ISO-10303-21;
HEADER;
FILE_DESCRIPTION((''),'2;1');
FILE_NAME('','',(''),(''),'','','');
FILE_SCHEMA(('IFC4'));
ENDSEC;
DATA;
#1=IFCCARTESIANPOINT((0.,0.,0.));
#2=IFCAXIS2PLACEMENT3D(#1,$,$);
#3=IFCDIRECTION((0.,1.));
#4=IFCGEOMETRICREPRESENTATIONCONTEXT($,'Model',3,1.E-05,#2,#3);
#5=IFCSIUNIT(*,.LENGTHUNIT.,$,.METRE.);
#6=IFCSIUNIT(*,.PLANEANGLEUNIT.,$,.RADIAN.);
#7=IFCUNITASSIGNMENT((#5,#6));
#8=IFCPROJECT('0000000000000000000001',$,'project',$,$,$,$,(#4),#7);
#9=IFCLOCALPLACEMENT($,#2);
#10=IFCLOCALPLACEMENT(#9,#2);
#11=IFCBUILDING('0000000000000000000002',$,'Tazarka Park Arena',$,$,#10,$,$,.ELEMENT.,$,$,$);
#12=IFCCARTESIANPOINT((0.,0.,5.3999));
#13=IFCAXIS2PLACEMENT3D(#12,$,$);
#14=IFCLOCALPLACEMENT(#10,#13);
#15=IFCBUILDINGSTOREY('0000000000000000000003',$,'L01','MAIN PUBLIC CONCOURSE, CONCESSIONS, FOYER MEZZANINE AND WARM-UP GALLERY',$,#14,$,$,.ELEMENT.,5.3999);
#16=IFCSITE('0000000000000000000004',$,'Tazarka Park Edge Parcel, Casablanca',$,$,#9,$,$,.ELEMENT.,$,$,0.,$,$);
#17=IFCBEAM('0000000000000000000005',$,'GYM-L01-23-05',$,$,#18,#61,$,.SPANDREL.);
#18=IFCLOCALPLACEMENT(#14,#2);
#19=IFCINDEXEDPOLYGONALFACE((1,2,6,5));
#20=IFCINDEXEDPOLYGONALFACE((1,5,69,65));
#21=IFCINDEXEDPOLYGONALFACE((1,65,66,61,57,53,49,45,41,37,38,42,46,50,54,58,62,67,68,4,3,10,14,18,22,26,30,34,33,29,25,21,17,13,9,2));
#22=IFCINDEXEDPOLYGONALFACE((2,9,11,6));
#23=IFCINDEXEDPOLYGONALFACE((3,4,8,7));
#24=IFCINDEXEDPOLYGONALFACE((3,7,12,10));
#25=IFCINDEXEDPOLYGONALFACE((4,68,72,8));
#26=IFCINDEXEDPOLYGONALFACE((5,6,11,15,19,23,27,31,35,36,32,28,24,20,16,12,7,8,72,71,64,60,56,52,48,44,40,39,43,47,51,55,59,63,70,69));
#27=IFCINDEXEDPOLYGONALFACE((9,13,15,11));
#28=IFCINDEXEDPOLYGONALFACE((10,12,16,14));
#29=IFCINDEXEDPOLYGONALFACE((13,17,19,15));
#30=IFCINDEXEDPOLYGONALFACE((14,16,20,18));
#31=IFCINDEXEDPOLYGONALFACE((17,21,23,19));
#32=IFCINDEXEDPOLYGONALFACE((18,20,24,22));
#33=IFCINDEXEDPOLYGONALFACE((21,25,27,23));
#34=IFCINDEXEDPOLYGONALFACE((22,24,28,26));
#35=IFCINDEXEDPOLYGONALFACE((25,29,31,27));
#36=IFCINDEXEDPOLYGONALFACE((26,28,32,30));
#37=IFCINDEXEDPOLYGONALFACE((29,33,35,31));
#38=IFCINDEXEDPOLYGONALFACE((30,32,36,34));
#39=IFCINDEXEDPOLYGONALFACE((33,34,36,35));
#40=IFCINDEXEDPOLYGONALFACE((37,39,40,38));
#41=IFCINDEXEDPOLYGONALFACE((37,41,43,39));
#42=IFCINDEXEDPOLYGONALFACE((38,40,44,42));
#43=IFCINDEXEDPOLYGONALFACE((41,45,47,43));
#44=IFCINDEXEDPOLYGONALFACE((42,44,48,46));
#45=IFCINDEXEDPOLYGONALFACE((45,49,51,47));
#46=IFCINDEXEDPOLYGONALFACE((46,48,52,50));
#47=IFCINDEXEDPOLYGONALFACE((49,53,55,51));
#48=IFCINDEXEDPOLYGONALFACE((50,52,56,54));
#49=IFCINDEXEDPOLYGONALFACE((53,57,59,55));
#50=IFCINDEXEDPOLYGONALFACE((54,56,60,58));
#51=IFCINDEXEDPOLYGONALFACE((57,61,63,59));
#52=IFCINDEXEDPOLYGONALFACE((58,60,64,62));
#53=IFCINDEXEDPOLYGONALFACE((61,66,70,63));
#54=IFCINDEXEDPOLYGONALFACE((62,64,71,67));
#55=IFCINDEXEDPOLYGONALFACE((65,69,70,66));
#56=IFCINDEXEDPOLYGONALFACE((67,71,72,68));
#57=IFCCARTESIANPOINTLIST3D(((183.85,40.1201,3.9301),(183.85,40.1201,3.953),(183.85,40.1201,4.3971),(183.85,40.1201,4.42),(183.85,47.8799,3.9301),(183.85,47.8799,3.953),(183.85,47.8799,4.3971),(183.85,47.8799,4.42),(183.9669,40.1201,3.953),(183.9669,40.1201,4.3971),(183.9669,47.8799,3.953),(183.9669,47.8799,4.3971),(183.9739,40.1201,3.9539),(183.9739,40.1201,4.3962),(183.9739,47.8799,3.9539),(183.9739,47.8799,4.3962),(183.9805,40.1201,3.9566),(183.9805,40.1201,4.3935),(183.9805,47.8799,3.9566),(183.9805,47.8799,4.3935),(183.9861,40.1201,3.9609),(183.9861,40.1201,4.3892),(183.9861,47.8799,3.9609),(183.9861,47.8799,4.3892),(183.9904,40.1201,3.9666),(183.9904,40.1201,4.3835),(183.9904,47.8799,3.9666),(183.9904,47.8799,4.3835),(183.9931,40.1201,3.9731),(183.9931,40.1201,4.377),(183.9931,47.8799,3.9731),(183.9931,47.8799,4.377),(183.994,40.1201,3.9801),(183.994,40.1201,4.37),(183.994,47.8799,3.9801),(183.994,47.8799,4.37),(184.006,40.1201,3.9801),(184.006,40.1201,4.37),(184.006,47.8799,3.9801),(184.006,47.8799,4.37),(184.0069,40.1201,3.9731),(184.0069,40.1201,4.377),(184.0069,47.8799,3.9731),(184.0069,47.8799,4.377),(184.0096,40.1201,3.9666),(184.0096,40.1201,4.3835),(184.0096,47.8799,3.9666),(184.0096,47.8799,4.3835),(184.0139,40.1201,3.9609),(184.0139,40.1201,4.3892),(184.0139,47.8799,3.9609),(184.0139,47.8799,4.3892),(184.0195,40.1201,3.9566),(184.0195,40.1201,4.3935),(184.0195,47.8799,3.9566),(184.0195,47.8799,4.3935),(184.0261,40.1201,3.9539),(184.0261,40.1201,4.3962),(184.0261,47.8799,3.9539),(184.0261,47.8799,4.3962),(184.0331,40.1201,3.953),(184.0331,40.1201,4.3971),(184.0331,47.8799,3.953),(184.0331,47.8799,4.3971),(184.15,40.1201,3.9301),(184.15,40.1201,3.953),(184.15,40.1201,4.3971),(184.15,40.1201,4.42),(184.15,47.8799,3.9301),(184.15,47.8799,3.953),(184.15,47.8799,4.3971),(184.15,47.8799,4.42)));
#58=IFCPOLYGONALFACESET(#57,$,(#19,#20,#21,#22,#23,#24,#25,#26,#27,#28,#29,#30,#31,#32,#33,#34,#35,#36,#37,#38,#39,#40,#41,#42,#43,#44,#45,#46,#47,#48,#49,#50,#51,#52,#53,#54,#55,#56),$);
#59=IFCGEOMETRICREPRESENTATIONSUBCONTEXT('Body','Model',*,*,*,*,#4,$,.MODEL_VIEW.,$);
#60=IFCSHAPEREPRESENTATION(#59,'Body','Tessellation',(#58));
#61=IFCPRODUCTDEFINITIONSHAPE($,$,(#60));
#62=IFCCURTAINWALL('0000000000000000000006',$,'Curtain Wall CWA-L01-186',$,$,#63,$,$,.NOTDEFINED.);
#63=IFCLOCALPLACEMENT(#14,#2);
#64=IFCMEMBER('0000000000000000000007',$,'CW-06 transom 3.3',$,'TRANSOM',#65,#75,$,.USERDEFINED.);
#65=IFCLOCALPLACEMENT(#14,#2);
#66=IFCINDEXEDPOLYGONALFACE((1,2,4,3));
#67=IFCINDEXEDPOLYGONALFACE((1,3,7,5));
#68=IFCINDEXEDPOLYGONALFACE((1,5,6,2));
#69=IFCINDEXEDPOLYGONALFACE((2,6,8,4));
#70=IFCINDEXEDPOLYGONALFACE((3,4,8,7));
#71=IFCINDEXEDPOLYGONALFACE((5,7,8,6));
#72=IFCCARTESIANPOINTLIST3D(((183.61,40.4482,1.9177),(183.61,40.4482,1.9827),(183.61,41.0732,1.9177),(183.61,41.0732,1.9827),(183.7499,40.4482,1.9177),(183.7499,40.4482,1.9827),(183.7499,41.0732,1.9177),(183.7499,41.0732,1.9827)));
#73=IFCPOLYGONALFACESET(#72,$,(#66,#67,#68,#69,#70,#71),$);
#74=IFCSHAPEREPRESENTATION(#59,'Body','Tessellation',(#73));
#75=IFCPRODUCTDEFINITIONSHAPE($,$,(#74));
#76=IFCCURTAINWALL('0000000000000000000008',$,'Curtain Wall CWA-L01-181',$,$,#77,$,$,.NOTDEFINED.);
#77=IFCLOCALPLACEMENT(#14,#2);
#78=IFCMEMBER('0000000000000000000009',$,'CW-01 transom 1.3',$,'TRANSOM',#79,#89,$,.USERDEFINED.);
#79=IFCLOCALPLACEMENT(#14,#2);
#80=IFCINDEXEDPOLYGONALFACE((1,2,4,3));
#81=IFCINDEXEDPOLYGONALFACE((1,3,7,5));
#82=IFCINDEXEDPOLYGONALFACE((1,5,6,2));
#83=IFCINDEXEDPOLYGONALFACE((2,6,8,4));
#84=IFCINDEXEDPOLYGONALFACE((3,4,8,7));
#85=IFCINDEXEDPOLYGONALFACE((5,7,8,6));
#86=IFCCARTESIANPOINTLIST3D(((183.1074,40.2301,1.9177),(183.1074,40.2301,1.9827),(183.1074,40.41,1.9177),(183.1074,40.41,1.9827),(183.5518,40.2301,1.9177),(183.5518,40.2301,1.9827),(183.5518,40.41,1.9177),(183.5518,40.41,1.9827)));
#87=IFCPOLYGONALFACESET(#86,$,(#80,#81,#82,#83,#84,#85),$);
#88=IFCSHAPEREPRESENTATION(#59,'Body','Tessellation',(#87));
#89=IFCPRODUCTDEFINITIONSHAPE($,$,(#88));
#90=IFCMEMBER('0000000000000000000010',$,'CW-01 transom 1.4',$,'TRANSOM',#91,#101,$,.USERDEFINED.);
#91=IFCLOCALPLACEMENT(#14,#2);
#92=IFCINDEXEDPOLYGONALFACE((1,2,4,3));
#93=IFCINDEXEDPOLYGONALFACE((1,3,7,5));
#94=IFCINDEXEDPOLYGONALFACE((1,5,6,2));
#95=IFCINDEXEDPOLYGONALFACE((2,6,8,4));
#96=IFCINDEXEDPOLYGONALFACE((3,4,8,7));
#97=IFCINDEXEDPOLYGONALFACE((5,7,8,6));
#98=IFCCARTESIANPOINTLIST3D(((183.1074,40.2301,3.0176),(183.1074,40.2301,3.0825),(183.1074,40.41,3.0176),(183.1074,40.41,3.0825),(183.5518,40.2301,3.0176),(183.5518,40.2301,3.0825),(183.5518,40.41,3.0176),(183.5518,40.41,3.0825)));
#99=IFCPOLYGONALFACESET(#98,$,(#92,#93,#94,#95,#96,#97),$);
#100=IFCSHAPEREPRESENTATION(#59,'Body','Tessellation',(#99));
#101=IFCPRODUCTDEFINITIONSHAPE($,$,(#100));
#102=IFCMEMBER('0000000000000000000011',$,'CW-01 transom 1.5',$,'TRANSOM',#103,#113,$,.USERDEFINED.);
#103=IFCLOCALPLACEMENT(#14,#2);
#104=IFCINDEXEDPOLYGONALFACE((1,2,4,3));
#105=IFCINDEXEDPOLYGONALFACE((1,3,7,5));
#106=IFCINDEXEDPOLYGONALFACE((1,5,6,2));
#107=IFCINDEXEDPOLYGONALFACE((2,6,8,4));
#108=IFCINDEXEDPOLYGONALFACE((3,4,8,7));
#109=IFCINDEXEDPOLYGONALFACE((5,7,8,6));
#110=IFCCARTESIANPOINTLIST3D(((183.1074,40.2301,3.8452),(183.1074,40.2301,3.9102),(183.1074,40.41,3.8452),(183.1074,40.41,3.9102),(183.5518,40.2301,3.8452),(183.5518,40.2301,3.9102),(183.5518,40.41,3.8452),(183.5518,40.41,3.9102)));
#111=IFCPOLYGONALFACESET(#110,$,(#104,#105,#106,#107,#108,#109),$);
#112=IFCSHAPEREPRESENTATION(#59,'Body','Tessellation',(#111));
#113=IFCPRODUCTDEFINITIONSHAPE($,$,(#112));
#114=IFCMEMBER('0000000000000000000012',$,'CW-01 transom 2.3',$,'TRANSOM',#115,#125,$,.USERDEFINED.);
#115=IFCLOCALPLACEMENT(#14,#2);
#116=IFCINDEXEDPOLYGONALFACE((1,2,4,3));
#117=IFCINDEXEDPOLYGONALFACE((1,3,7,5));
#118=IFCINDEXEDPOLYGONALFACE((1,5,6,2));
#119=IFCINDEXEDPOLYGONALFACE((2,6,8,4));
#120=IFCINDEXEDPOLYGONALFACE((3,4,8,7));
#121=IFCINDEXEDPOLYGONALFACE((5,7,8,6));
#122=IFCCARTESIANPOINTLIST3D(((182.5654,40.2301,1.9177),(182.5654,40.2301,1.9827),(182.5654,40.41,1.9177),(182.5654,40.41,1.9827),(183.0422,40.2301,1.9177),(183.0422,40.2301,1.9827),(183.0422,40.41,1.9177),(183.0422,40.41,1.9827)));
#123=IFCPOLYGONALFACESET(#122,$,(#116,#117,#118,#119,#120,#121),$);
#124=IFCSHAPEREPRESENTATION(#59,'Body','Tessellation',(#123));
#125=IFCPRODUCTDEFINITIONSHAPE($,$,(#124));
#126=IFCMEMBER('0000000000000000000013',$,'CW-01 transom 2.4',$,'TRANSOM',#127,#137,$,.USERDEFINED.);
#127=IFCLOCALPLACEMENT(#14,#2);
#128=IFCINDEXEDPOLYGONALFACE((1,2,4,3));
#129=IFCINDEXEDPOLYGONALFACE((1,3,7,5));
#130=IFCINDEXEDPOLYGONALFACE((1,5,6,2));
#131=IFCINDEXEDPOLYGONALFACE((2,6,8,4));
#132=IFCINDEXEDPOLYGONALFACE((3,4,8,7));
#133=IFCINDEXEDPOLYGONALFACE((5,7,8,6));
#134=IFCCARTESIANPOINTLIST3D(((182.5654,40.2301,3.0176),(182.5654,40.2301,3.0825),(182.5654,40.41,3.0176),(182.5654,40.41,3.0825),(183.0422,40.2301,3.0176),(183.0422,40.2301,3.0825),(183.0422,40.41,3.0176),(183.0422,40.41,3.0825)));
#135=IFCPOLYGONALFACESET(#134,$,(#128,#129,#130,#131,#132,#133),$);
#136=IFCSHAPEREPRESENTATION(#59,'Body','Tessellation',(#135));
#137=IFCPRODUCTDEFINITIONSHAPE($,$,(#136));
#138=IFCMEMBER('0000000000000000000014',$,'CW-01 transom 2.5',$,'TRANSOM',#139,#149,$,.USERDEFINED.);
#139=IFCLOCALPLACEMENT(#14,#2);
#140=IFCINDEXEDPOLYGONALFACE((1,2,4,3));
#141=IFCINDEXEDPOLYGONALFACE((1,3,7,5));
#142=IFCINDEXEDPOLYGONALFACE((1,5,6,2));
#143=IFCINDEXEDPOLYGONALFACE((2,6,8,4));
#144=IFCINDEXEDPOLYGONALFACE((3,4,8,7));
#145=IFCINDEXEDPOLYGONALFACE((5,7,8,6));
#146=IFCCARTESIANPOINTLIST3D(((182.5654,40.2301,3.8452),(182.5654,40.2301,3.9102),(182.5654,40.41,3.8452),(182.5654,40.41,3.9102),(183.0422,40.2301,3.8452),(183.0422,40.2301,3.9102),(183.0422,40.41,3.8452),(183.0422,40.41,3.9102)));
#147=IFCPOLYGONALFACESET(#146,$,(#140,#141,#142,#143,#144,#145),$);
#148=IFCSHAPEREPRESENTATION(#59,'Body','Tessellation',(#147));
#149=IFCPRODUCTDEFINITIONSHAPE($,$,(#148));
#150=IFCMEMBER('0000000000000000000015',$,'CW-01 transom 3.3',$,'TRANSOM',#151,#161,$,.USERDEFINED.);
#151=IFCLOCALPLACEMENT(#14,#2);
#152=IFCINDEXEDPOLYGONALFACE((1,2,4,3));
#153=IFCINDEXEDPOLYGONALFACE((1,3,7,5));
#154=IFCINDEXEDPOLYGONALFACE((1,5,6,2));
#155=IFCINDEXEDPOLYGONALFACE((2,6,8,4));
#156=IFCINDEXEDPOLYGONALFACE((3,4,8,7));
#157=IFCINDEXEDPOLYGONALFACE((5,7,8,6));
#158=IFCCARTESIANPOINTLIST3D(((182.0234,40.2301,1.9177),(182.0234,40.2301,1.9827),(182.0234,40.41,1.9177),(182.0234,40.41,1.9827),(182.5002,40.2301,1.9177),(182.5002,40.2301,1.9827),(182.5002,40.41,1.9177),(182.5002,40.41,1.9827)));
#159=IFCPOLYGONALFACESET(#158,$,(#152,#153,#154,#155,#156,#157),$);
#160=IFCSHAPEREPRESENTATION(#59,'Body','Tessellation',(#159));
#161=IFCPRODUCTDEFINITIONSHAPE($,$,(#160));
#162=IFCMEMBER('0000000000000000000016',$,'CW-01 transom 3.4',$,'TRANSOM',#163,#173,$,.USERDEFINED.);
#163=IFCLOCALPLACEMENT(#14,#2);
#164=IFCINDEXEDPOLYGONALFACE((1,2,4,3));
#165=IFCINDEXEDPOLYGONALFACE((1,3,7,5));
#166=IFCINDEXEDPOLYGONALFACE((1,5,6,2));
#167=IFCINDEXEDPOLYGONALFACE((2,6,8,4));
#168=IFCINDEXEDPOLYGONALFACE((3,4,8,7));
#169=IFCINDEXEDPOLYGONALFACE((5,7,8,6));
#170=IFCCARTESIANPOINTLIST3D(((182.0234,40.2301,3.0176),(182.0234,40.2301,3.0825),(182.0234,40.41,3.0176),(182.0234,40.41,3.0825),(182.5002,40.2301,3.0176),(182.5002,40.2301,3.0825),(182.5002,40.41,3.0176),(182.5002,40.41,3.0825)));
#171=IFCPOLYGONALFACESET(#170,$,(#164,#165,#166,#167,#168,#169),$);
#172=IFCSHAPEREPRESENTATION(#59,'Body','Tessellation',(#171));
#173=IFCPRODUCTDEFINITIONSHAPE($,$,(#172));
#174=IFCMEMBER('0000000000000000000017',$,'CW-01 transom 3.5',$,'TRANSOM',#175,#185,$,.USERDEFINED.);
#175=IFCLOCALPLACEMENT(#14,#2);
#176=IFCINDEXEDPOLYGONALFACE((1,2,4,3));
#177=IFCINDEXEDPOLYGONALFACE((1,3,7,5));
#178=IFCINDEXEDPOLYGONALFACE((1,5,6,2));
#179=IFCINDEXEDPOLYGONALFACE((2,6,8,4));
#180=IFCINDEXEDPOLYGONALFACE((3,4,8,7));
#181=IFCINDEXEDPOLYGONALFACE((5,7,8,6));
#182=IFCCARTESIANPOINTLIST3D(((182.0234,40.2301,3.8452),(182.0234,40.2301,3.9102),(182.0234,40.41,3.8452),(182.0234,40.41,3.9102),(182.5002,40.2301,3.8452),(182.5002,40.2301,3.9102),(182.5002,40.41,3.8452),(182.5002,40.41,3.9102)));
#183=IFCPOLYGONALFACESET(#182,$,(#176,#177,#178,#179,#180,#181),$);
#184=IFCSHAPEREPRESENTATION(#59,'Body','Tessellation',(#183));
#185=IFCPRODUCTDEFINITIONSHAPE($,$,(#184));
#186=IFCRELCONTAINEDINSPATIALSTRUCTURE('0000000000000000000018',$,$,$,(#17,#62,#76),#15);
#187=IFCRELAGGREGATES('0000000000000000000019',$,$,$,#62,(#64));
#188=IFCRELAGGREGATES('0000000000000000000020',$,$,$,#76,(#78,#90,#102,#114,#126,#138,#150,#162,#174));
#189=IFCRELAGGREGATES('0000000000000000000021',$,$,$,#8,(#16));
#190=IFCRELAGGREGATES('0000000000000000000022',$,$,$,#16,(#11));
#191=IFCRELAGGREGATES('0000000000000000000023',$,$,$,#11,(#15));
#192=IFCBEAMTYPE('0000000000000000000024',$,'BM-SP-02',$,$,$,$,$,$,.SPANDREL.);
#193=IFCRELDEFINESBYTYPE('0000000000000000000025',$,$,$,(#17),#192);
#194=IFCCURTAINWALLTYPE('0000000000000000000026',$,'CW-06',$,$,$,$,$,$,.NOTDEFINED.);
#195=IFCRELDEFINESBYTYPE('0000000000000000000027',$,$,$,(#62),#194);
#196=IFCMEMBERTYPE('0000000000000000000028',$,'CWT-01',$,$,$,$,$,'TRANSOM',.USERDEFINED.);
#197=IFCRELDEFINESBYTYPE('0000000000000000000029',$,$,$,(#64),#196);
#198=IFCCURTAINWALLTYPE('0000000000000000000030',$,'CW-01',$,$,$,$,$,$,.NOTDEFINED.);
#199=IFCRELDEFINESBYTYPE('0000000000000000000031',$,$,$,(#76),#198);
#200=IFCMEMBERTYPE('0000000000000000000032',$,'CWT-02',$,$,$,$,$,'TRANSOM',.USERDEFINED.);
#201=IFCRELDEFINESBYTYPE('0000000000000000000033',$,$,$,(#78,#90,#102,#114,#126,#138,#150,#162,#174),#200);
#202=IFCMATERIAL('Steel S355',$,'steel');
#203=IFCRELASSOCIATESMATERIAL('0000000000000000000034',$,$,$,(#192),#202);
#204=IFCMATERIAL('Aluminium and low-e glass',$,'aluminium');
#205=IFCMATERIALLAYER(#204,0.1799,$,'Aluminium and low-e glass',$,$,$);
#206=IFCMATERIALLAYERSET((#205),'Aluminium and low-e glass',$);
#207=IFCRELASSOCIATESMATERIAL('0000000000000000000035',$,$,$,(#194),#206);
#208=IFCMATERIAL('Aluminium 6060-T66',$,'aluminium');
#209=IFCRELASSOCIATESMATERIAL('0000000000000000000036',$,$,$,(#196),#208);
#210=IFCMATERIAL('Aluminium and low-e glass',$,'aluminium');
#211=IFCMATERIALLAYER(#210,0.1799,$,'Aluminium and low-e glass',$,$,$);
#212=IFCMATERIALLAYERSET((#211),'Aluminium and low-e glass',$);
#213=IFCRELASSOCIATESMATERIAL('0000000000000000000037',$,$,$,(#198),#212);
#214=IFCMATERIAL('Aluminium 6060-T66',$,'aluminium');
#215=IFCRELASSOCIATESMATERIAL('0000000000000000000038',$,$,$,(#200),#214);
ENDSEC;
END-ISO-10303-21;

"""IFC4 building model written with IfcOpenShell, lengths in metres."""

from ifc_helpers import new_model, si_unit, direction, frame, origin, origin_2d, place, context, subcontext, project, spatial, rectangle, i_section, extrude, material, layer, layer_set, material_profile, profile_set, type_object, element, aggregate, save


model = new_model("IFC4")

# Units and contexts
model_context = context("Model", 3, precision=1e-05, world=origin(), true_north=direction((0.0, 1.0)))
body_context = subcontext(model_context, "Body", "Model", "MODEL_VIEW")
ifc_project = project(units=[si_unit("LENGTHUNIT", "METRE"), si_unit("PLANEANGLEUNIT", "RADIAN")], contexts=[model_context])

# Site, building, storey
site_placement = place(None, origin())
site = spatial("IfcSite", under=ifc_project, at=site_placement, Name="Tazarka Park Edge Parcel, Casablanca", CompositionType="ELEMENT", RefElevation=0.0)
building_placement = place(site_placement, origin())
building = spatial("IfcBuilding", under=site, at=building_placement, Name="Tazarka Park Arena", CompositionType="ELEMENT")
storey_placement = place(building_placement, frame((0.0, 0.0, 5.3999)))
storey = spatial("IfcBuildingStorey", under=building, at=storey_placement, Name="L01", Description="MAIN PUBLIC CONCOURSE, CONCESSIONS, FOYER MEZZANINE AND WARM-UP GALLERY", CompositionType="ELEMENT", Elevation=5.3999)

# Beam
ifc_material_1 = material(Name="Steel S355", Category="steel")
ifc_material_profile_1 = material_profile(ifc_material_1, i_section(OverallWidth=0.3, OverallDepth=0.49, WebThickness=0.012, FlangeThickness=0.0229, FilletRadius=0.0271, at=origin_2d()), Name="Steel S355")
ifc_profile_set_1 = profile_set([ifc_material_profile_1], Name="Steel S355")
beam_type = type_object("IfcBeamType", Name="BM-SP-02", PredefinedType="SPANDREL", material=ifc_profile_set_1)
beam_placement = place(storey_placement, frame((184.0, 40.1201, 4.175), z_axis=(0.0, 1.0, 0.0), x_axis=(-1.0, 0.0, 0.0)))
element("IfcBeam", 1, at=beam_placement, inside=storey, type_object=beam_type, Name="GYM-L01-23-05", PredefinedType="SPANDREL", context=body_context, shape_type="SweptSolid", body=[
    extrude(i_section(OverallWidth=0.3, OverallDepth=0.49, WebThickness=0.012, FlangeThickness=0.0229, FilletRadius=0.0271, at=origin_2d()), origin(), (0.0, 0.0, 1.0), 7.7598),
])

# Curtain wall, member
ifc_material_2 = material(Name="Aluminium and low-e glass", Category="aluminium")
ifc_layer_1 = layer(ifc_material_2, 0.1799, Name="Aluminium and low-e glass")
ifc_layer_set_1 = layer_set([ifc_layer_1], Name="Aluminium and low-e glass")
curtain_wall_type_1 = type_object("IfcCurtainWallType", Name="CW-06", PredefinedType="NOTDEFINED", material=ifc_layer_set_1)
curtain_wall_1_placement = place(storey_placement, origin())
curtain_wall_1 = element("IfcCurtainWall", 2, at=curtain_wall_1_placement, inside=storey, type_object=curtain_wall_type_1, Name="Curtain Wall CWA-L01-186", PredefinedType="NOTDEFINED")
ifc_material_3 = material(Name="Aluminium 6060-T66", Category="aluminium")
ifc_material_profile_2 = material_profile(ifc_material_3, rectangle(XDim=0.1399, YDim=0.0649, at=origin_2d()), Name="Aluminium 6060-T66")
ifc_profile_set_2 = profile_set([ifc_material_profile_2], Name="Aluminium 6060-T66")
member_type_1 = type_object("IfcMemberType", Name="CWT-01", ElementType="TRANSOM", PredefinedType="USERDEFINED", material=ifc_profile_set_2)
member_1_placement = place(storey_placement, frame((183.6799, 41.0732, 1.9502), z_axis=(0.0, -1.0, 0.0), x_axis=(1.0, 0.0, 0.0)))
member_1 = element("IfcMember", 3, at=member_1_placement, type_object=member_type_1, Name="CW-06 transom 3.3", ObjectType="TRANSOM", PredefinedType="USERDEFINED", context=body_context, shape_type="SweptSolid", body=[
    extrude(rectangle(XDim=0.1399, YDim=0.0649, at=origin_2d()), origin(), (0.0, 0.0, 1.0), 0.625),
])

# Curtain wall, members
ifc_material_4 = material(Name="Aluminium and low-e glass", Category="aluminium")
ifc_layer_2 = layer(ifc_material_4, 0.1799, Name="Aluminium and low-e glass")
ifc_layer_set_2 = layer_set([ifc_layer_2], Name="Aluminium and low-e glass")
curtain_wall_type_2 = type_object("IfcCurtainWallType", Name="CW-01", PredefinedType="NOTDEFINED", material=ifc_layer_set_2)
curtain_wall_2_placement = place(storey_placement, origin())
curtain_wall_2 = element("IfcCurtainWall", 4, at=curtain_wall_2_placement, inside=storey, type_object=curtain_wall_type_2, Name="Curtain Wall CWA-L01-181", PredefinedType="NOTDEFINED")
ifc_material_5 = material(Name="Aluminium 6060-T66", Category="aluminium")
ifc_material_profile_3 = material_profile(ifc_material_5, rectangle(XDim=0.1799, YDim=0.0649, at=origin_2d()), Name="Aluminium 6060-T66")
ifc_profile_set_3 = profile_set([ifc_material_profile_3], Name="Aluminium 6060-T66")
member_type_2 = type_object("IfcMemberType", Name="CWT-02", ElementType="TRANSOM", PredefinedType="USERDEFINED", material=ifc_profile_set_3)
member_2_placement = place(storey_placement, frame((183.5518, 40.3201, 1.9502), z_axis=(-1.0, 0.0, 0.0), x_axis=(0.0, -1.0, 0.0)))
member_2 = element("IfcMember", 5, at=member_2_placement, type_object=member_type_2, Name="CW-01 transom 1.3", ObjectType="TRANSOM", PredefinedType="USERDEFINED", context=body_context, shape_type="SweptSolid", body=[
    extrude(rectangle(XDim=0.1799, YDim=0.0649, at=origin_2d()), origin(), (0.0, 0.0, 1.0), 0.4443),
])
member_3_placement = place(storey_placement, frame((183.5518, 40.3201, 3.05), z_axis=(-1.0, 0.0, 0.0), x_axis=(0.0, -1.0, 0.0)))
member_3 = element("IfcMember", 6, at=member_3_placement, type_object=member_type_2, Name="CW-01 transom 1.4", ObjectType="TRANSOM", PredefinedType="USERDEFINED", context=body_context, shape_type="SweptSolid", body=[
    extrude(rectangle(XDim=0.1799, YDim=0.0649, at=origin_2d()), origin(), (0.0, 0.0, 1.0), 0.4443),
])
member_4_placement = place(storey_placement, frame((183.5518, 40.3201, 3.8777), z_axis=(-1.0, 0.0, 0.0), x_axis=(0.0, -1.0, 0.0)))
member_4 = element("IfcMember", 7, at=member_4_placement, type_object=member_type_2, Name="CW-01 transom 1.5", ObjectType="TRANSOM", PredefinedType="USERDEFINED", context=body_context, shape_type="SweptSolid", body=[
    extrude(rectangle(XDim=0.1799, YDim=0.0649, at=origin_2d()), origin(), (0.0, 0.0, 1.0), 0.4443),
])
member_5_placement = place(storey_placement, frame((183.0422, 40.3201, 1.9502), z_axis=(-1.0, 0.0, 0.0), x_axis=(0.0, -1.0, 0.0)))
member_5 = element("IfcMember", 8, at=member_5_placement, type_object=member_type_2, Name="CW-01 transom 2.3", ObjectType="TRANSOM", PredefinedType="USERDEFINED", context=body_context, shape_type="SweptSolid", body=[
    extrude(rectangle(XDim=0.1799, YDim=0.0649, at=origin_2d()), origin(), (0.0, 0.0, 1.0), 0.4768),
])
member_6_placement = place(storey_placement, frame((183.0422, 40.3201, 3.05), z_axis=(-1.0, 0.0, 0.0), x_axis=(0.0, -1.0, 0.0)))
member_6 = element("IfcMember", 9, at=member_6_placement, type_object=member_type_2, Name="CW-01 transom 2.4", ObjectType="TRANSOM", PredefinedType="USERDEFINED", context=body_context, shape_type="SweptSolid", body=[
    extrude(rectangle(XDim=0.1799, YDim=0.0649, at=origin_2d()), origin(), (0.0, 0.0, 1.0), 0.4768),
])
member_7_placement = place(storey_placement, frame((183.0422, 40.3201, 3.8777), z_axis=(-1.0, 0.0, 0.0), x_axis=(0.0, -1.0, 0.0)))
member_7 = element("IfcMember", 10, at=member_7_placement, type_object=member_type_2, Name="CW-01 transom 2.5", ObjectType="TRANSOM", PredefinedType="USERDEFINED", context=body_context, shape_type="SweptSolid", body=[
    extrude(rectangle(XDim=0.1799, YDim=0.0649, at=origin_2d()), origin(), (0.0, 0.0, 1.0), 0.4768),
])
member_8_placement = place(storey_placement, frame((182.5002, 40.3201, 1.9502), z_axis=(-1.0, 0.0, 0.0), x_axis=(0.0, -1.0, 0.0)))
member_8 = element("IfcMember", 11, at=member_8_placement, type_object=member_type_2, Name="CW-01 transom 3.3", ObjectType="TRANSOM", PredefinedType="USERDEFINED", context=body_context, shape_type="SweptSolid", body=[
    extrude(rectangle(XDim=0.1799, YDim=0.0649, at=origin_2d()), origin(), (0.0, 0.0, 1.0), 0.4768),
])
member_9_placement = place(storey_placement, frame((182.5002, 40.3201, 3.05), z_axis=(-1.0, 0.0, 0.0), x_axis=(0.0, -1.0, 0.0)))
member_9 = element("IfcMember", 12, at=member_9_placement, type_object=member_type_2, Name="CW-01 transom 3.4", ObjectType="TRANSOM", PredefinedType="USERDEFINED", context=body_context, shape_type="SweptSolid", body=[
    extrude(rectangle(XDim=0.1799, YDim=0.0649, at=origin_2d()), origin(), (0.0, 0.0, 1.0), 0.4768),
])
member_10_placement = place(storey_placement, frame((182.5002, 40.3201, 3.8777), z_axis=(-1.0, 0.0, 0.0), x_axis=(0.0, -1.0, 0.0)))
member_10 = element("IfcMember", 13, at=member_10_placement, type_object=member_type_2, Name="CW-01 transom 3.5", ObjectType="TRANSOM", PredefinedType="USERDEFINED", context=body_context, shape_type="SweptSolid", body=[
    extrude(rectangle(XDim=0.1799, YDim=0.0649, at=origin_2d()), origin(), (0.0, 0.0, 1.0), 0.4768),
])

aggregate(curtain_wall_1, [member_1])
aggregate(curtain_wall_2, [member_2, member_3, member_4, member_5, member_6, member_7, member_8, member_9, member_10])

save(model, "model.ifc")
